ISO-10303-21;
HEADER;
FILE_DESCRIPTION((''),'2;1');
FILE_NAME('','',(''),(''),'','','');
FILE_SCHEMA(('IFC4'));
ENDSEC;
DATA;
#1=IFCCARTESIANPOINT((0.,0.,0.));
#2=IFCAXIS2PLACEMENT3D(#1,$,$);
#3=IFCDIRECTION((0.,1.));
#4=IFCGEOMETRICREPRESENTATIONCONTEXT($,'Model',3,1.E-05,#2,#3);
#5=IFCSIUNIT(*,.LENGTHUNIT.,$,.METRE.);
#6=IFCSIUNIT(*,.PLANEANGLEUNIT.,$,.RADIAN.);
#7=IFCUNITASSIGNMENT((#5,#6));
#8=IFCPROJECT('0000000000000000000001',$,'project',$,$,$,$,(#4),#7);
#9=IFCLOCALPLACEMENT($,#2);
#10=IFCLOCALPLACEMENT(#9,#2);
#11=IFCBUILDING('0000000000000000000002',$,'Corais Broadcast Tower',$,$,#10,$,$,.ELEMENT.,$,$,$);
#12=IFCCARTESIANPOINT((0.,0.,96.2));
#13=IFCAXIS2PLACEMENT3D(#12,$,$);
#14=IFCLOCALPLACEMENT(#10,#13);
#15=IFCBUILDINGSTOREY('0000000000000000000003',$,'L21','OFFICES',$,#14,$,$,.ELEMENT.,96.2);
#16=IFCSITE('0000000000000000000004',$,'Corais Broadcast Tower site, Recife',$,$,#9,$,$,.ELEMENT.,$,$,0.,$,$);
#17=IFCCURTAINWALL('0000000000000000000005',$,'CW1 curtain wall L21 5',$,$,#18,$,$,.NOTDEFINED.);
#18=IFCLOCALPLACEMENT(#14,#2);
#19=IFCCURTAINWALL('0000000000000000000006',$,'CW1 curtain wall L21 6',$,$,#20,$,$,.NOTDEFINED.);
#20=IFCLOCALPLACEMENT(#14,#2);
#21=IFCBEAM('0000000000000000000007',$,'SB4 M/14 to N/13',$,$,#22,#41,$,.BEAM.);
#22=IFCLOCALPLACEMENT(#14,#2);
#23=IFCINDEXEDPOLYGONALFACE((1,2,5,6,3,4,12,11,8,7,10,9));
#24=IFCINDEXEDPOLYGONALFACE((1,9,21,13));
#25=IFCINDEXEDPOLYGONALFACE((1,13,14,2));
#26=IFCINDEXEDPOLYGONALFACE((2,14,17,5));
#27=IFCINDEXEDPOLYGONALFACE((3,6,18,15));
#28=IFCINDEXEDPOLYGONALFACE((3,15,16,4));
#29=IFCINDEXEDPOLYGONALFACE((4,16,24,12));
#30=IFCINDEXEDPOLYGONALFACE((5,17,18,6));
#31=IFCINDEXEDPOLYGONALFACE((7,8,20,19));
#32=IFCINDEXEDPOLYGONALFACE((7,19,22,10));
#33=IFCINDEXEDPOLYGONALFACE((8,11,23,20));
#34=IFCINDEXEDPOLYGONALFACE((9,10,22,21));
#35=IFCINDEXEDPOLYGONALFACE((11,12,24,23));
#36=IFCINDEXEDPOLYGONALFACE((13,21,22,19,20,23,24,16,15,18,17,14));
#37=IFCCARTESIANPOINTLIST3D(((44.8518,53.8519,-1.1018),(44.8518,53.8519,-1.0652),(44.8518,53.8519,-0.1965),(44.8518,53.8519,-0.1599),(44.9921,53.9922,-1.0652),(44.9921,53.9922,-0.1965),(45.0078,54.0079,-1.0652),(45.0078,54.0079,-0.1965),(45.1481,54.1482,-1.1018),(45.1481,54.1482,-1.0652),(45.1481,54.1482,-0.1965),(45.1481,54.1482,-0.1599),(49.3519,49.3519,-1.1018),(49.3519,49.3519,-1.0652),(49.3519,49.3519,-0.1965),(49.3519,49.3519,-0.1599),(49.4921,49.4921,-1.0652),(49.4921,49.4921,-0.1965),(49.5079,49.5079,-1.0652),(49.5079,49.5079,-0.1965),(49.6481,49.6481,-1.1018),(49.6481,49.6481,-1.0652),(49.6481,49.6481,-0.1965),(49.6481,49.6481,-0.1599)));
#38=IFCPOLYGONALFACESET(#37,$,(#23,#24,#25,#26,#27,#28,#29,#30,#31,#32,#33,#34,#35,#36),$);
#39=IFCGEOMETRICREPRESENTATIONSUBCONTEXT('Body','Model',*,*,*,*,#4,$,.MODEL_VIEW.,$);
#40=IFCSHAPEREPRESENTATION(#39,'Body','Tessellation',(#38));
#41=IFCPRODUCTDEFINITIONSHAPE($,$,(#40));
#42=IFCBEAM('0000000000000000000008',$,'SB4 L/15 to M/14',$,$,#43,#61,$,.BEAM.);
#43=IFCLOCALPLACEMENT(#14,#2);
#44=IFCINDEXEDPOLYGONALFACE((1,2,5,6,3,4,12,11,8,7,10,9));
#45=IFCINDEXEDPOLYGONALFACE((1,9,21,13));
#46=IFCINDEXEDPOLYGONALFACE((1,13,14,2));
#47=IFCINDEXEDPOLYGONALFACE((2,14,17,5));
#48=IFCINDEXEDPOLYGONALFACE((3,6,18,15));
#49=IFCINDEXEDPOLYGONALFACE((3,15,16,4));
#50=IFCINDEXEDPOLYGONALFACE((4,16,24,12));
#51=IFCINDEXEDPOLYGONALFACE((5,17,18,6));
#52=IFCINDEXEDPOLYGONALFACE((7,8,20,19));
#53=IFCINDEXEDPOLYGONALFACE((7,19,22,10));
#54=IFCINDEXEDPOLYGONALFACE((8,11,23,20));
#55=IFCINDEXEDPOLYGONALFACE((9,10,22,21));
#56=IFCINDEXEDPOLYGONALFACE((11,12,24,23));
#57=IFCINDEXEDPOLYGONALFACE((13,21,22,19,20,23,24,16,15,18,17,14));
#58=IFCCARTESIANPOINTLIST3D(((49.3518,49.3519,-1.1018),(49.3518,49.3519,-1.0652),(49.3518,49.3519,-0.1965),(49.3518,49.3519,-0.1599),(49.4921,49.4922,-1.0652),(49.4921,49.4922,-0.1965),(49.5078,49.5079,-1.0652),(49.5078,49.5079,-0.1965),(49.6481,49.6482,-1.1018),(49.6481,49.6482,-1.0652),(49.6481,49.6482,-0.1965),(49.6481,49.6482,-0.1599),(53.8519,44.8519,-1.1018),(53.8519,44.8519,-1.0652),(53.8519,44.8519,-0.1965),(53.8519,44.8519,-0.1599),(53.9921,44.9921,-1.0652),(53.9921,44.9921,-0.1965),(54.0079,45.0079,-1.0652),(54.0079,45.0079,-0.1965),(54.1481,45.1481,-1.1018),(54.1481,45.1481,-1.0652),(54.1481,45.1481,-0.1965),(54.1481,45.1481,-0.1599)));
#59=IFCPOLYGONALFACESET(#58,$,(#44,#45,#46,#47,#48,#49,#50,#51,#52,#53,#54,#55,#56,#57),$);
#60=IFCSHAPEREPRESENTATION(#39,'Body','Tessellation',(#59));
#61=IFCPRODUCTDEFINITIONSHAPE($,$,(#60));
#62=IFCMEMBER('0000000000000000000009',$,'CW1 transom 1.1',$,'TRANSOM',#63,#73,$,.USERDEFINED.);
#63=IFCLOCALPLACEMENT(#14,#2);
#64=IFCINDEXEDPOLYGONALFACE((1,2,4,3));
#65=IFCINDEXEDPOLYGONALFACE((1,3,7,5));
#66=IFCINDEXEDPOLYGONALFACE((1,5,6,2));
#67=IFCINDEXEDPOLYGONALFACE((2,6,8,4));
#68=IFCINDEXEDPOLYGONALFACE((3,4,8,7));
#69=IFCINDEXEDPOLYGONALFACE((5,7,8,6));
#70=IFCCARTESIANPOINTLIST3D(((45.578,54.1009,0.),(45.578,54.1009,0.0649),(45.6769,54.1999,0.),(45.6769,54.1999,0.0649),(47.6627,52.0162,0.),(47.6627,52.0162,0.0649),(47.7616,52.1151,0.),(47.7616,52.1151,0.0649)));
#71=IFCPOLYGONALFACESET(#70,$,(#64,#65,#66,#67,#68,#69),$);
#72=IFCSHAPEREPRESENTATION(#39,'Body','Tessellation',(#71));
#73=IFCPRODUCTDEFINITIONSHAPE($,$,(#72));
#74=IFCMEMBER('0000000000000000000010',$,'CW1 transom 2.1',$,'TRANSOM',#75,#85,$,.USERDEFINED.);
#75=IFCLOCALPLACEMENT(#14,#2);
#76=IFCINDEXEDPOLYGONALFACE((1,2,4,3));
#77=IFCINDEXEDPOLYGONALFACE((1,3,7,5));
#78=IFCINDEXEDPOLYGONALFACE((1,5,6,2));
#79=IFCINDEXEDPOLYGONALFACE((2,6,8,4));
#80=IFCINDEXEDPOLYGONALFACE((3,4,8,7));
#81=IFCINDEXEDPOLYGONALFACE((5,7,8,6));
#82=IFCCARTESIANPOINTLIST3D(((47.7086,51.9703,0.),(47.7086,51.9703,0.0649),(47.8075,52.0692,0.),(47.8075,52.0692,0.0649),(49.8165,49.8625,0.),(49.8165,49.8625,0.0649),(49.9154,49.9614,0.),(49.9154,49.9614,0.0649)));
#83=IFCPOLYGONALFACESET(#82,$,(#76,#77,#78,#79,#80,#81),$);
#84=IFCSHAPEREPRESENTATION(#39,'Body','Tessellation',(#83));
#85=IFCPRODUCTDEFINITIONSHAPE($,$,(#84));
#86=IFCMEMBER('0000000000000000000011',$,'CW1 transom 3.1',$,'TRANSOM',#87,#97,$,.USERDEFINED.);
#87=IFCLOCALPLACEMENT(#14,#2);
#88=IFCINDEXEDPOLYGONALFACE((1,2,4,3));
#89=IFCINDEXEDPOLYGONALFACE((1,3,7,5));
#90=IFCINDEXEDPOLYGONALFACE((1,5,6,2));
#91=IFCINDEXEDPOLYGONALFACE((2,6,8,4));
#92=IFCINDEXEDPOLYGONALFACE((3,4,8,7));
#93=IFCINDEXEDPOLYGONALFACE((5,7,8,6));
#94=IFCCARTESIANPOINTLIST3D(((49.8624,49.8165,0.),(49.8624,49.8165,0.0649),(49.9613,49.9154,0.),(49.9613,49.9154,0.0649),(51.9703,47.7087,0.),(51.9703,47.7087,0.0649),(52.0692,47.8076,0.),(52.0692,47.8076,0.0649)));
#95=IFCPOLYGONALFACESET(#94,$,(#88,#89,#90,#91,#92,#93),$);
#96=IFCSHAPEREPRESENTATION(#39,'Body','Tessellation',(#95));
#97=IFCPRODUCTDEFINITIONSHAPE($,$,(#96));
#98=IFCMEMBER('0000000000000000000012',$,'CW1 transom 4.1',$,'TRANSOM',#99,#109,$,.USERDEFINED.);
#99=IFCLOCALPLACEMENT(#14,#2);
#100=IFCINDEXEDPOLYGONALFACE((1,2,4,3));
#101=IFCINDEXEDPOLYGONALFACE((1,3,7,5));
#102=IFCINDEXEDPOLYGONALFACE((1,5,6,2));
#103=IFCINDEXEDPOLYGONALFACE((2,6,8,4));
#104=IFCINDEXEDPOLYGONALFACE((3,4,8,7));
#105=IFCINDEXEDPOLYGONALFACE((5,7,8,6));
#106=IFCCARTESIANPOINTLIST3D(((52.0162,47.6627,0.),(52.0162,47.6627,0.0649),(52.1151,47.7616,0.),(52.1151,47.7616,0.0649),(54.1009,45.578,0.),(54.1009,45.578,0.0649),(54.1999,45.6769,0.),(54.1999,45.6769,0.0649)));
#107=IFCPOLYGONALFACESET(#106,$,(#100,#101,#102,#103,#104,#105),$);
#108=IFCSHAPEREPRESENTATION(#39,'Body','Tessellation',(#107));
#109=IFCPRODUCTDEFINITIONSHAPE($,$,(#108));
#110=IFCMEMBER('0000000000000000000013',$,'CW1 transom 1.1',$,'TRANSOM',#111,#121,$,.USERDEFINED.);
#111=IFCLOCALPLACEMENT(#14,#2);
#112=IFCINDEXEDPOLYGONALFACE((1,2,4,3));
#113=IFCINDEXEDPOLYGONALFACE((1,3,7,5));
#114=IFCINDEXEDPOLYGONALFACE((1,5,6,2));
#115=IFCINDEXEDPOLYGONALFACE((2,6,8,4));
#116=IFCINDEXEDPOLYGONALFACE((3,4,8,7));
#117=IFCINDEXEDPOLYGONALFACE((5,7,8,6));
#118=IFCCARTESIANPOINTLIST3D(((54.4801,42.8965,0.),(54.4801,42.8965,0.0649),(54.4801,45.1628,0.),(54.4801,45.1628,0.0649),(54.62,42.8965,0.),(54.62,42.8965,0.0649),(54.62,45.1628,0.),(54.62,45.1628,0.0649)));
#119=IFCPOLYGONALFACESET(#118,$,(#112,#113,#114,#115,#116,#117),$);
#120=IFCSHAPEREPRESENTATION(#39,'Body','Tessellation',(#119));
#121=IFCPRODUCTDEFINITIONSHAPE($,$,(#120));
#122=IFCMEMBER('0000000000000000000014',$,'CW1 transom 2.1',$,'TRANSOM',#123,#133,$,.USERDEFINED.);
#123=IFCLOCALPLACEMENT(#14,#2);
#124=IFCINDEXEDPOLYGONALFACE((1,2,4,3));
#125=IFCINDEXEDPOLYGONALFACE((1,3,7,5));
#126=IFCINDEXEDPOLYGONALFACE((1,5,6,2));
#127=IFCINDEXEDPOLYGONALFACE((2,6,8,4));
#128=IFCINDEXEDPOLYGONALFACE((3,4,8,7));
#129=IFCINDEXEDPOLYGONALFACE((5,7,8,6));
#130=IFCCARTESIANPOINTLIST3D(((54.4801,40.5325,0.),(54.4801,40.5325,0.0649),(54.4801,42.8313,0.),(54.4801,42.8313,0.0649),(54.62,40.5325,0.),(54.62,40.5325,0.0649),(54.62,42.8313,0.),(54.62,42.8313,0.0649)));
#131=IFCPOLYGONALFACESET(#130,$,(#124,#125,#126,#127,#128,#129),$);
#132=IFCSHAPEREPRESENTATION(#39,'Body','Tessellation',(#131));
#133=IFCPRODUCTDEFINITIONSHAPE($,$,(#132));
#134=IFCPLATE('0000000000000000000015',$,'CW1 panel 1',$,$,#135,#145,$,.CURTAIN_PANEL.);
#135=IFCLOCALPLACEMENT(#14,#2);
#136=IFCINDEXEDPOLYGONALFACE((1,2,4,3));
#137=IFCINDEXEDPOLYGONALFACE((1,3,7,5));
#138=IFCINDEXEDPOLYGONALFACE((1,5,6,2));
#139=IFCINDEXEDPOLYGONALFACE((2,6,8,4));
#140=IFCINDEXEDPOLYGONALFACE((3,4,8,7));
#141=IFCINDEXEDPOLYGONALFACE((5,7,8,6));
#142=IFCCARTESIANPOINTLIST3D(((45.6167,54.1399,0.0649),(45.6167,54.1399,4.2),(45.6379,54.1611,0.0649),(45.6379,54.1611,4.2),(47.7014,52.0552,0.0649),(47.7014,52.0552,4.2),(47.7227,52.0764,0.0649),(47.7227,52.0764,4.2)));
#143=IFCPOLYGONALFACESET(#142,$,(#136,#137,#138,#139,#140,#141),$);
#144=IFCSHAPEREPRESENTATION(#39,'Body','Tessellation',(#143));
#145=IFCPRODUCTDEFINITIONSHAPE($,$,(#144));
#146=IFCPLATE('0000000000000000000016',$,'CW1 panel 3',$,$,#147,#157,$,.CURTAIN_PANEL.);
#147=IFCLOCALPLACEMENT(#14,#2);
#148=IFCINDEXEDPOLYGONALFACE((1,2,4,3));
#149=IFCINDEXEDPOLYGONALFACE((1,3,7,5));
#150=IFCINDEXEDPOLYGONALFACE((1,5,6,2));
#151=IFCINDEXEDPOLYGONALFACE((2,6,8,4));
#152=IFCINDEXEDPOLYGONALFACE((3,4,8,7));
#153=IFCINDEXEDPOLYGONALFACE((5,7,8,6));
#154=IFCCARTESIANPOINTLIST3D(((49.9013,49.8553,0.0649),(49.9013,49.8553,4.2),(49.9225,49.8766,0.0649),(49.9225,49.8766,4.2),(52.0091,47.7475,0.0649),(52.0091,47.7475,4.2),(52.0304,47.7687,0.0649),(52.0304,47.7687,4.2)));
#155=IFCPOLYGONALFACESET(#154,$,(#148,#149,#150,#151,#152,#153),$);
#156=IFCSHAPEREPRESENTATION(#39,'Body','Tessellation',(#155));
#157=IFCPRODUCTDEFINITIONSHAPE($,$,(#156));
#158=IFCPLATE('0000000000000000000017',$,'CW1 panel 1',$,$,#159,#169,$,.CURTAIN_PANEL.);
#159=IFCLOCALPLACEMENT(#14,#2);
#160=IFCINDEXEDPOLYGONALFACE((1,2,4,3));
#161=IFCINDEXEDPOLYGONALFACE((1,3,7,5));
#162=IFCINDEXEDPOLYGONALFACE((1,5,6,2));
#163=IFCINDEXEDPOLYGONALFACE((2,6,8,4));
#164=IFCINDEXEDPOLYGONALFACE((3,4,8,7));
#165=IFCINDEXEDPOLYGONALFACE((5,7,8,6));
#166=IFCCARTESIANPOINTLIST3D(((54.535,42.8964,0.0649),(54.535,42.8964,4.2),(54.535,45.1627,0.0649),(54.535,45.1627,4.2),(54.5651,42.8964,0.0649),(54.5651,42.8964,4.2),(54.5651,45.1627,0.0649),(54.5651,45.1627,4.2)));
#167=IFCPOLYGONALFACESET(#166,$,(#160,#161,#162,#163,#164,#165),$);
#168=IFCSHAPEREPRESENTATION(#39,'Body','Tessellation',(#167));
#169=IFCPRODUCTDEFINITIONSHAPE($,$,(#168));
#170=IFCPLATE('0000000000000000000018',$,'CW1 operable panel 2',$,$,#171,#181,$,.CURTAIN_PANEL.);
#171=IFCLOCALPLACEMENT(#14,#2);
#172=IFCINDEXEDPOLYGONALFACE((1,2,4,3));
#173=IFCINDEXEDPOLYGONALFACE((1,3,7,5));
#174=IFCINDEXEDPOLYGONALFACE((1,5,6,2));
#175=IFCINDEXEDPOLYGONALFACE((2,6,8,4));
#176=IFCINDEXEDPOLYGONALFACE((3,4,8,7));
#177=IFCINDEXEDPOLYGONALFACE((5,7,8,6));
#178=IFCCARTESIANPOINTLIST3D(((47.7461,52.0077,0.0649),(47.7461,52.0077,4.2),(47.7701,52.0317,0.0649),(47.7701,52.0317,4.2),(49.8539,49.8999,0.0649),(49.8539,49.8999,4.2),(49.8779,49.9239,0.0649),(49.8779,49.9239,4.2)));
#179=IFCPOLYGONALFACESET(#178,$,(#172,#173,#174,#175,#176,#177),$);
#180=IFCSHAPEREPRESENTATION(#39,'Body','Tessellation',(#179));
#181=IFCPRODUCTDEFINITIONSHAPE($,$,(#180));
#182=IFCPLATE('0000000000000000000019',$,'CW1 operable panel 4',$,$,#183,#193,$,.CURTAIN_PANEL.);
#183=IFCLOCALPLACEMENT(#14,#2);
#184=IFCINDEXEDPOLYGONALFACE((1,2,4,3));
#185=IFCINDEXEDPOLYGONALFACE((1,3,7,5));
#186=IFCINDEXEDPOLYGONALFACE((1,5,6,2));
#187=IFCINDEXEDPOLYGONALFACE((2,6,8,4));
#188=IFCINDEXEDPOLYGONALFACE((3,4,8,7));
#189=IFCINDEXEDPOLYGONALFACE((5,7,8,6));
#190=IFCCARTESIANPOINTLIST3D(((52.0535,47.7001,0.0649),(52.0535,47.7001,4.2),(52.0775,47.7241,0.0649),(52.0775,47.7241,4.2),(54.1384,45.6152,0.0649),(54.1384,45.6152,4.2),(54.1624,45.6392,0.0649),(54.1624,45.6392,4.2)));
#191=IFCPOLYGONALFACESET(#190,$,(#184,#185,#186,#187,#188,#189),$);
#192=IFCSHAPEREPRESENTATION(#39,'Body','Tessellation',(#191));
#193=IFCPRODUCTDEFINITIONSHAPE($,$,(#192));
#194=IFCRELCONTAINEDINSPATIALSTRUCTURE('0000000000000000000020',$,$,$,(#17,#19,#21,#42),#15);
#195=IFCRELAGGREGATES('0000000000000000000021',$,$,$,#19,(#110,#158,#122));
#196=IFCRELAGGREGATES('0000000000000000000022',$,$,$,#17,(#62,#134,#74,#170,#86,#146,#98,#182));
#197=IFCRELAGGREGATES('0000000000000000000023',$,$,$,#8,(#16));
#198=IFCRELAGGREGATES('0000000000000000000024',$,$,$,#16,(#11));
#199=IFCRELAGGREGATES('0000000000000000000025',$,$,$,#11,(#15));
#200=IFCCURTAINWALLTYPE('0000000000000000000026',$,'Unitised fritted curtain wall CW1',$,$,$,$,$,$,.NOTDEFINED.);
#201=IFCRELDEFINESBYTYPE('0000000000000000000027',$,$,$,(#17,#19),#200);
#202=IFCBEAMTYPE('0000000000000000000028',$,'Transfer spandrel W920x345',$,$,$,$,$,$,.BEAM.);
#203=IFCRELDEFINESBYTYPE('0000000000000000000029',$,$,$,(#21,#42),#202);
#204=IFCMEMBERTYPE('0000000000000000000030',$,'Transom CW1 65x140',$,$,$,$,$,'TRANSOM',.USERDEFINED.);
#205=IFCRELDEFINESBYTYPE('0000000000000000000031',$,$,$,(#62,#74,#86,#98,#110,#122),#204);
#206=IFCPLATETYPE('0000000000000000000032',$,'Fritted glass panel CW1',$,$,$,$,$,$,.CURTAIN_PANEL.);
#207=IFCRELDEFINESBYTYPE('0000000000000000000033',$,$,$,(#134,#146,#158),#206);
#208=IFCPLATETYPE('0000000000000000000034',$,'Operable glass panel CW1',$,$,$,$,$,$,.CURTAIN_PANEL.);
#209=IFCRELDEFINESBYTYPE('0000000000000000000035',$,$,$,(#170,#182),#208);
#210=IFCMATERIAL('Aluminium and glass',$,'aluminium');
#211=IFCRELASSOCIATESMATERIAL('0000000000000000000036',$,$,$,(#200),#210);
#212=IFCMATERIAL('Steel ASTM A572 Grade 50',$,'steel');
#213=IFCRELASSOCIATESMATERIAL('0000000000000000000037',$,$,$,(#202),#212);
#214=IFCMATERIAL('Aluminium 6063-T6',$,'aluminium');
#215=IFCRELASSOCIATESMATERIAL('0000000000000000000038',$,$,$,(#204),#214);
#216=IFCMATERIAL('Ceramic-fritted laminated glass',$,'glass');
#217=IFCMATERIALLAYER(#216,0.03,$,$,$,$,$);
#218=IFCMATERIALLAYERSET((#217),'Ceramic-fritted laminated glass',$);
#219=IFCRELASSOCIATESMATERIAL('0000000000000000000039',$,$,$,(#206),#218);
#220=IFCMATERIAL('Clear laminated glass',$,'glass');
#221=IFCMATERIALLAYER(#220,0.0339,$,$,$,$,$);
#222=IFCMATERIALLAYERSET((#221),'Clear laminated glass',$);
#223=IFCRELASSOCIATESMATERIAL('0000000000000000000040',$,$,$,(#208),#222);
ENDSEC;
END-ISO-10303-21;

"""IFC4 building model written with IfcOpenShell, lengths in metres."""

from ifc_helpers import new_model, si_unit, direction, frame, origin, origin_2d, place, context, subcontext, project, spatial, rectangle, i_section, extrude, material, layer, layer_set, material_profile, profile_set, type_object, element, aggregate, save


model = new_model("IFC4")

# Units and contexts
model_context = context("Model", 3, precision=1e-05, world=origin(), true_north=direction((0.0, 1.0)))
body_context = subcontext(model_context, "Body", "Model", "MODEL_VIEW")
ifc_project = project(units=[si_unit("LENGTHUNIT", "METRE"), si_unit("PLANEANGLEUNIT", "RADIAN")], contexts=[model_context])

# Site, building, storey
site_placement = place(None, origin())
site = spatial("IfcSite", under=ifc_project, at=site_placement, Name="Corais Broadcast Tower site, Recife", CompositionType="ELEMENT", RefElevation=0.0)
building_placement = place(site_placement, origin())
building = spatial("IfcBuilding", under=site, at=building_placement, Name="Corais Broadcast Tower", CompositionType="ELEMENT")
storey_placement = place(building_placement, frame((0.0, 0.0, 96.2)))
storey = spatial("IfcBuildingStorey", under=building, at=storey_placement, Name="L21", Description="OFFICES", CompositionType="ELEMENT", Elevation=96.2)

# Shared definitions
ifc_material_1 = material(Name="Aluminium and glass", Category="aluminium")
curtain_wall_type = type_object("IfcCurtainWallType", Name="Unitised fritted curtain wall CW1", PredefinedType="NOTDEFINED", material=ifc_material_1)

# Curtain walls
curtain_wall_1_placement = place(storey_placement, origin())
curtain_wall_1 = element("IfcCurtainWall", 1, at=curtain_wall_1_placement, inside=storey, type_object=curtain_wall_type, Name="CW1 curtain wall L21 5", PredefinedType="NOTDEFINED")
curtain_wall_2_placement = place(storey_placement, origin())
curtain_wall_2 = element("IfcCurtainWall", 2, at=curtain_wall_2_placement, inside=storey, type_object=curtain_wall_type, Name="CW1 curtain wall L21 6", PredefinedType="NOTDEFINED")

# Beams
ifc_material_2 = material(Name="Steel ASTM A572 Grade 50", Category="steel")
ifc_material_profile_1 = material_profile(ifc_material_2, i_section(OverallWidth=0.4189, OverallDepth=0.9419, WebThickness=0.0222, FlangeThickness=0.0366, at=origin_2d()), Name="W920x345")
ifc_profile_set_1 = profile_set([ifc_material_profile_1], Name="Steel ASTM A572 Grade 50")
beam_type_1 = type_object("IfcBeamType", Name="Transfer spandrel W920x345", PredefinedType="BEAM", material=ifc_profile_set_1)
for number, where, z_axis, x_axis, name in (
    (3, (49.5, 49.5, -0.6309), (-0.707107, 0.707107, 0.0), (-0.707107, -0.707107, 0.0), "SB4 M/14 to N/13"),
    (4, (54.0, 45.0, -0.6309), (-0.707107, 0.707107, 0.0), (-0.707107, -0.707107, 0.0), "SB4 L/15 to M/14"),
):
    element("IfcBeam", number, at=place(storey_placement, frame(where, z_axis=z_axis, x_axis=x_axis)), inside=storey, type_object=beam_type_1, Name=name, PredefinedType="BEAM", context=body_context, shape_type="SweptSolid", body=[
        extrude(i_section(OverallWidth=0.4189, OverallDepth=0.9419, WebThickness=0.0222, FlangeThickness=0.0366, at=origin_2d()), origin(), (0.0, 0.0, 1.0), 6.364),
    ])

# Members
ifc_material_3 = material(Name="Aluminium 6063-T6", Category="aluminium")
ifc_material_profile_2 = material_profile(ifc_material_3, rectangle(XDim=0.1399, YDim=0.0649, at=origin_2d()), Name="Transom CW1 65x140")
ifc_profile_set_2 = profile_set([ifc_material_profile_2], Name="Aluminium 6063-T6")
member_type_1 = type_object("IfcMemberType", Name="Transom CW1 65x140", ElementType="TRANSOM", PredefinedType="USERDEFINED", material=ifc_profile_set_2)
member_1_placement = place(storey_placement, frame((45.6274, 54.1504, 0.0325), z_axis=(0.707107, -0.707107, 0.0), x_axis=(0.707107, 0.707107, 0.0)))
member_1 = element("IfcMember", 5, at=member_1_placement, type_object=member_type_1, Name="CW1 transom 1.1", ObjectType="TRANSOM", PredefinedType="USERDEFINED", context=body_context, shape_type="SweptSolid", body=[
    extrude(rectangle(XDim=0.1399, YDim=0.0649, at=origin_2d()), origin(), (0.0, 0.0, 1.0), 2.9482),
])
member_2_placement = place(storey_placement, frame((47.7581, 52.0198, 0.0325), z_axis=(0.707107, -0.707107, 0.0), x_axis=(0.707107, 0.707107, 0.0)))
member_2 = element("IfcMember", 6, at=member_2_placement, type_object=member_type_1, Name="CW1 transom 2.1", ObjectType="TRANSOM", PredefinedType="USERDEFINED", context=body_context, shape_type="SweptSolid", body=[
    extrude(rectangle(XDim=0.1399, YDim=0.0649, at=origin_2d()), origin(), (0.0, 0.0, 1.0), 2.981),
])
member_3_placement = place(storey_placement, frame((49.9119, 49.866, 0.0325), z_axis=(0.707107, -0.707107, 0.0), x_axis=(0.707107, 0.707107, 0.0)))
member_3 = element("IfcMember", 7, at=member_3_placement, type_object=member_type_1, Name="CW1 transom 3.1", ObjectType="TRANSOM", PredefinedType="USERDEFINED", context=body_context, shape_type="SweptSolid", body=[
    extrude(rectangle(XDim=0.1399, YDim=0.0649, at=origin_2d()), origin(), (0.0, 0.0, 1.0), 2.981),
])
member_4_placement = place(storey_placement, frame((52.0657, 47.7122, 0.0325), z_axis=(0.707107, -0.707107, 0.0), x_axis=(0.707107, 0.707107, 0.0)))
member_4 = element("IfcMember", 8, at=member_4_placement, type_object=member_type_1, Name="CW1 transom 4.1", ObjectType="TRANSOM", PredefinedType="USERDEFINED", context=body_context, shape_type="SweptSolid", body=[
    extrude(rectangle(XDim=0.1399, YDim=0.0649, at=origin_2d()), origin(), (0.0, 0.0, 1.0), 2.9482),
])
member_5_placement = place(storey_placement, frame((54.55, 45.1628, 0.0325), z_axis=(0.0, -1.0, 0.0), x_axis=(1.0, 0.0, 0.0)))
member_5 = element("IfcMember", 9, at=member_5_placement, type_object=member_type_1, Name="CW1 transom 1.1", ObjectType="TRANSOM", PredefinedType="USERDEFINED", context=body_context, shape_type="SweptSolid", body=[
    extrude(rectangle(XDim=0.1399, YDim=0.0649, at=origin_2d()), origin(), (0.0, 0.0, 1.0), 2.2664),
])
member_6_placement = place(storey_placement, frame((54.55, 42.8313, 0.0325), z_axis=(0.0, -1.0, 0.0), x_axis=(1.0, 0.0, 0.0)))
member_6 = element("IfcMember", 10, at=member_6_placement, type_object=member_type_1, Name="CW1 transom 2.1", ObjectType="TRANSOM", PredefinedType="USERDEFINED", context=body_context, shape_type="SweptSolid", body=[
    extrude(rectangle(XDim=0.1399, YDim=0.0649, at=origin_2d()), origin(), (0.0, 0.0, 1.0), 2.2988),
])

# Plates
ifc_material_4 = material(Name="Ceramic-fritted laminated glass", Category="glass")
ifc_layer_1 = layer(ifc_material_4, 0.03)
ifc_layer_set_1 = layer_set([ifc_layer_1], Name="Ceramic-fritted laminated glass")
plate_type_1 = type_object("IfcPlateType", Name="Fritted glass panel CW1", PredefinedType="CURTAIN_PANEL", material=ifc_layer_set_1)
plate_1_placement = place(storey_placement, frame((46.6697, 53.1082, 0.0649), z_axis=(0.0, 0.0, 1.0), x_axis=(0.707107, -0.707107, 0.0)))
plate_1 = element("IfcPlate", 11, at=plate_1_placement, type_object=plate_type_1, Name="CW1 panel 1", PredefinedType="CURTAIN_PANEL", context=body_context, shape_type="SweptSolid", body=[
    extrude(rectangle(XDim=2.9482, YDim=0.03, at=origin_2d()), origin(), (0.0, 0.0, 1.0), 4.135),
])
plate_2_placement = place(storey_placement, frame((50.9658, 48.812, 0.0649), z_axis=(0.0, 0.0, 1.0), x_axis=(0.707107, -0.707107, 0.0)))
plate_2 = element("IfcPlate", 12, at=plate_2_placement, type_object=plate_type_1, Name="CW1 panel 3", PredefinedType="CURTAIN_PANEL", context=body_context, shape_type="SweptSolid", body=[
    extrude(rectangle(XDim=2.981, YDim=0.03, at=origin_2d()), origin(), (0.0, 0.0, 1.0), 4.135),
])
plate_3_placement = place(storey_placement, frame((54.55, 44.0295, 0.0649), z_axis=(0.0, 0.0, 1.0), x_axis=(0.0, -1.0, 0.0)))
plate_3 = element("IfcPlate", 13, at=plate_3_placement, type_object=plate_type_1, Name="CW1 panel 1", PredefinedType="CURTAIN_PANEL", context=body_context, shape_type="SweptSolid", body=[
    extrude(rectangle(XDim=2.2664, YDim=0.03, at=origin_2d()), origin(), (0.0, 0.0, 1.0), 4.135),
])
aggregate(curtain_wall_2, [member_5, plate_3, member_6])
ifc_material_5 = material(Name="Clear laminated glass", Category="glass")
ifc_layer_2 = layer(ifc_material_5, 0.0339)
ifc_layer_set_2 = layer_set([ifc_layer_2], Name="Clear laminated glass")
plate_type_2 = type_object("IfcPlateType", Name="Operable glass panel CW1", PredefinedType="CURTAIN_PANEL", material=ifc_layer_set_2)
plate_4_placement = place(storey_placement, frame((48.812, 50.9658, 0.0649), z_axis=(0.0, 0.0, 1.0), x_axis=(0.707107, -0.707107, 0.0)))
plate_4 = element("IfcPlate", 14, at=plate_4_placement, type_object=plate_type_2, Name="CW1 operable panel 2", PredefinedType="CURTAIN_PANEL", context=body_context, shape_type="SweptSolid", body=[
    extrude(rectangle(XDim=2.981, YDim=0.0339, at=origin_2d()), origin(), (0.0, 0.0, 1.0), 4.135),
])
plate_5_placement = place(storey_placement, frame((53.1079, 46.6697, 0.0649), z_axis=(0.0, 0.0, 1.0), x_axis=(0.707107, -0.707107, 0.0)))
plate_5 = element("IfcPlate", 15, at=plate_5_placement, type_object=plate_type_2, Name="CW1 operable panel 4", PredefinedType="CURTAIN_PANEL", context=body_context, shape_type="SweptSolid", body=[
    extrude(rectangle(XDim=2.9485, YDim=0.0339, at=origin_2d()), origin(), (0.0, 0.0, 1.0), 4.135),
])
aggregate(curtain_wall_1, [member_1, plate_1, member_2, plate_4, member_3, plate_2, member_4, plate_5])

save(model, "model.ifc")
